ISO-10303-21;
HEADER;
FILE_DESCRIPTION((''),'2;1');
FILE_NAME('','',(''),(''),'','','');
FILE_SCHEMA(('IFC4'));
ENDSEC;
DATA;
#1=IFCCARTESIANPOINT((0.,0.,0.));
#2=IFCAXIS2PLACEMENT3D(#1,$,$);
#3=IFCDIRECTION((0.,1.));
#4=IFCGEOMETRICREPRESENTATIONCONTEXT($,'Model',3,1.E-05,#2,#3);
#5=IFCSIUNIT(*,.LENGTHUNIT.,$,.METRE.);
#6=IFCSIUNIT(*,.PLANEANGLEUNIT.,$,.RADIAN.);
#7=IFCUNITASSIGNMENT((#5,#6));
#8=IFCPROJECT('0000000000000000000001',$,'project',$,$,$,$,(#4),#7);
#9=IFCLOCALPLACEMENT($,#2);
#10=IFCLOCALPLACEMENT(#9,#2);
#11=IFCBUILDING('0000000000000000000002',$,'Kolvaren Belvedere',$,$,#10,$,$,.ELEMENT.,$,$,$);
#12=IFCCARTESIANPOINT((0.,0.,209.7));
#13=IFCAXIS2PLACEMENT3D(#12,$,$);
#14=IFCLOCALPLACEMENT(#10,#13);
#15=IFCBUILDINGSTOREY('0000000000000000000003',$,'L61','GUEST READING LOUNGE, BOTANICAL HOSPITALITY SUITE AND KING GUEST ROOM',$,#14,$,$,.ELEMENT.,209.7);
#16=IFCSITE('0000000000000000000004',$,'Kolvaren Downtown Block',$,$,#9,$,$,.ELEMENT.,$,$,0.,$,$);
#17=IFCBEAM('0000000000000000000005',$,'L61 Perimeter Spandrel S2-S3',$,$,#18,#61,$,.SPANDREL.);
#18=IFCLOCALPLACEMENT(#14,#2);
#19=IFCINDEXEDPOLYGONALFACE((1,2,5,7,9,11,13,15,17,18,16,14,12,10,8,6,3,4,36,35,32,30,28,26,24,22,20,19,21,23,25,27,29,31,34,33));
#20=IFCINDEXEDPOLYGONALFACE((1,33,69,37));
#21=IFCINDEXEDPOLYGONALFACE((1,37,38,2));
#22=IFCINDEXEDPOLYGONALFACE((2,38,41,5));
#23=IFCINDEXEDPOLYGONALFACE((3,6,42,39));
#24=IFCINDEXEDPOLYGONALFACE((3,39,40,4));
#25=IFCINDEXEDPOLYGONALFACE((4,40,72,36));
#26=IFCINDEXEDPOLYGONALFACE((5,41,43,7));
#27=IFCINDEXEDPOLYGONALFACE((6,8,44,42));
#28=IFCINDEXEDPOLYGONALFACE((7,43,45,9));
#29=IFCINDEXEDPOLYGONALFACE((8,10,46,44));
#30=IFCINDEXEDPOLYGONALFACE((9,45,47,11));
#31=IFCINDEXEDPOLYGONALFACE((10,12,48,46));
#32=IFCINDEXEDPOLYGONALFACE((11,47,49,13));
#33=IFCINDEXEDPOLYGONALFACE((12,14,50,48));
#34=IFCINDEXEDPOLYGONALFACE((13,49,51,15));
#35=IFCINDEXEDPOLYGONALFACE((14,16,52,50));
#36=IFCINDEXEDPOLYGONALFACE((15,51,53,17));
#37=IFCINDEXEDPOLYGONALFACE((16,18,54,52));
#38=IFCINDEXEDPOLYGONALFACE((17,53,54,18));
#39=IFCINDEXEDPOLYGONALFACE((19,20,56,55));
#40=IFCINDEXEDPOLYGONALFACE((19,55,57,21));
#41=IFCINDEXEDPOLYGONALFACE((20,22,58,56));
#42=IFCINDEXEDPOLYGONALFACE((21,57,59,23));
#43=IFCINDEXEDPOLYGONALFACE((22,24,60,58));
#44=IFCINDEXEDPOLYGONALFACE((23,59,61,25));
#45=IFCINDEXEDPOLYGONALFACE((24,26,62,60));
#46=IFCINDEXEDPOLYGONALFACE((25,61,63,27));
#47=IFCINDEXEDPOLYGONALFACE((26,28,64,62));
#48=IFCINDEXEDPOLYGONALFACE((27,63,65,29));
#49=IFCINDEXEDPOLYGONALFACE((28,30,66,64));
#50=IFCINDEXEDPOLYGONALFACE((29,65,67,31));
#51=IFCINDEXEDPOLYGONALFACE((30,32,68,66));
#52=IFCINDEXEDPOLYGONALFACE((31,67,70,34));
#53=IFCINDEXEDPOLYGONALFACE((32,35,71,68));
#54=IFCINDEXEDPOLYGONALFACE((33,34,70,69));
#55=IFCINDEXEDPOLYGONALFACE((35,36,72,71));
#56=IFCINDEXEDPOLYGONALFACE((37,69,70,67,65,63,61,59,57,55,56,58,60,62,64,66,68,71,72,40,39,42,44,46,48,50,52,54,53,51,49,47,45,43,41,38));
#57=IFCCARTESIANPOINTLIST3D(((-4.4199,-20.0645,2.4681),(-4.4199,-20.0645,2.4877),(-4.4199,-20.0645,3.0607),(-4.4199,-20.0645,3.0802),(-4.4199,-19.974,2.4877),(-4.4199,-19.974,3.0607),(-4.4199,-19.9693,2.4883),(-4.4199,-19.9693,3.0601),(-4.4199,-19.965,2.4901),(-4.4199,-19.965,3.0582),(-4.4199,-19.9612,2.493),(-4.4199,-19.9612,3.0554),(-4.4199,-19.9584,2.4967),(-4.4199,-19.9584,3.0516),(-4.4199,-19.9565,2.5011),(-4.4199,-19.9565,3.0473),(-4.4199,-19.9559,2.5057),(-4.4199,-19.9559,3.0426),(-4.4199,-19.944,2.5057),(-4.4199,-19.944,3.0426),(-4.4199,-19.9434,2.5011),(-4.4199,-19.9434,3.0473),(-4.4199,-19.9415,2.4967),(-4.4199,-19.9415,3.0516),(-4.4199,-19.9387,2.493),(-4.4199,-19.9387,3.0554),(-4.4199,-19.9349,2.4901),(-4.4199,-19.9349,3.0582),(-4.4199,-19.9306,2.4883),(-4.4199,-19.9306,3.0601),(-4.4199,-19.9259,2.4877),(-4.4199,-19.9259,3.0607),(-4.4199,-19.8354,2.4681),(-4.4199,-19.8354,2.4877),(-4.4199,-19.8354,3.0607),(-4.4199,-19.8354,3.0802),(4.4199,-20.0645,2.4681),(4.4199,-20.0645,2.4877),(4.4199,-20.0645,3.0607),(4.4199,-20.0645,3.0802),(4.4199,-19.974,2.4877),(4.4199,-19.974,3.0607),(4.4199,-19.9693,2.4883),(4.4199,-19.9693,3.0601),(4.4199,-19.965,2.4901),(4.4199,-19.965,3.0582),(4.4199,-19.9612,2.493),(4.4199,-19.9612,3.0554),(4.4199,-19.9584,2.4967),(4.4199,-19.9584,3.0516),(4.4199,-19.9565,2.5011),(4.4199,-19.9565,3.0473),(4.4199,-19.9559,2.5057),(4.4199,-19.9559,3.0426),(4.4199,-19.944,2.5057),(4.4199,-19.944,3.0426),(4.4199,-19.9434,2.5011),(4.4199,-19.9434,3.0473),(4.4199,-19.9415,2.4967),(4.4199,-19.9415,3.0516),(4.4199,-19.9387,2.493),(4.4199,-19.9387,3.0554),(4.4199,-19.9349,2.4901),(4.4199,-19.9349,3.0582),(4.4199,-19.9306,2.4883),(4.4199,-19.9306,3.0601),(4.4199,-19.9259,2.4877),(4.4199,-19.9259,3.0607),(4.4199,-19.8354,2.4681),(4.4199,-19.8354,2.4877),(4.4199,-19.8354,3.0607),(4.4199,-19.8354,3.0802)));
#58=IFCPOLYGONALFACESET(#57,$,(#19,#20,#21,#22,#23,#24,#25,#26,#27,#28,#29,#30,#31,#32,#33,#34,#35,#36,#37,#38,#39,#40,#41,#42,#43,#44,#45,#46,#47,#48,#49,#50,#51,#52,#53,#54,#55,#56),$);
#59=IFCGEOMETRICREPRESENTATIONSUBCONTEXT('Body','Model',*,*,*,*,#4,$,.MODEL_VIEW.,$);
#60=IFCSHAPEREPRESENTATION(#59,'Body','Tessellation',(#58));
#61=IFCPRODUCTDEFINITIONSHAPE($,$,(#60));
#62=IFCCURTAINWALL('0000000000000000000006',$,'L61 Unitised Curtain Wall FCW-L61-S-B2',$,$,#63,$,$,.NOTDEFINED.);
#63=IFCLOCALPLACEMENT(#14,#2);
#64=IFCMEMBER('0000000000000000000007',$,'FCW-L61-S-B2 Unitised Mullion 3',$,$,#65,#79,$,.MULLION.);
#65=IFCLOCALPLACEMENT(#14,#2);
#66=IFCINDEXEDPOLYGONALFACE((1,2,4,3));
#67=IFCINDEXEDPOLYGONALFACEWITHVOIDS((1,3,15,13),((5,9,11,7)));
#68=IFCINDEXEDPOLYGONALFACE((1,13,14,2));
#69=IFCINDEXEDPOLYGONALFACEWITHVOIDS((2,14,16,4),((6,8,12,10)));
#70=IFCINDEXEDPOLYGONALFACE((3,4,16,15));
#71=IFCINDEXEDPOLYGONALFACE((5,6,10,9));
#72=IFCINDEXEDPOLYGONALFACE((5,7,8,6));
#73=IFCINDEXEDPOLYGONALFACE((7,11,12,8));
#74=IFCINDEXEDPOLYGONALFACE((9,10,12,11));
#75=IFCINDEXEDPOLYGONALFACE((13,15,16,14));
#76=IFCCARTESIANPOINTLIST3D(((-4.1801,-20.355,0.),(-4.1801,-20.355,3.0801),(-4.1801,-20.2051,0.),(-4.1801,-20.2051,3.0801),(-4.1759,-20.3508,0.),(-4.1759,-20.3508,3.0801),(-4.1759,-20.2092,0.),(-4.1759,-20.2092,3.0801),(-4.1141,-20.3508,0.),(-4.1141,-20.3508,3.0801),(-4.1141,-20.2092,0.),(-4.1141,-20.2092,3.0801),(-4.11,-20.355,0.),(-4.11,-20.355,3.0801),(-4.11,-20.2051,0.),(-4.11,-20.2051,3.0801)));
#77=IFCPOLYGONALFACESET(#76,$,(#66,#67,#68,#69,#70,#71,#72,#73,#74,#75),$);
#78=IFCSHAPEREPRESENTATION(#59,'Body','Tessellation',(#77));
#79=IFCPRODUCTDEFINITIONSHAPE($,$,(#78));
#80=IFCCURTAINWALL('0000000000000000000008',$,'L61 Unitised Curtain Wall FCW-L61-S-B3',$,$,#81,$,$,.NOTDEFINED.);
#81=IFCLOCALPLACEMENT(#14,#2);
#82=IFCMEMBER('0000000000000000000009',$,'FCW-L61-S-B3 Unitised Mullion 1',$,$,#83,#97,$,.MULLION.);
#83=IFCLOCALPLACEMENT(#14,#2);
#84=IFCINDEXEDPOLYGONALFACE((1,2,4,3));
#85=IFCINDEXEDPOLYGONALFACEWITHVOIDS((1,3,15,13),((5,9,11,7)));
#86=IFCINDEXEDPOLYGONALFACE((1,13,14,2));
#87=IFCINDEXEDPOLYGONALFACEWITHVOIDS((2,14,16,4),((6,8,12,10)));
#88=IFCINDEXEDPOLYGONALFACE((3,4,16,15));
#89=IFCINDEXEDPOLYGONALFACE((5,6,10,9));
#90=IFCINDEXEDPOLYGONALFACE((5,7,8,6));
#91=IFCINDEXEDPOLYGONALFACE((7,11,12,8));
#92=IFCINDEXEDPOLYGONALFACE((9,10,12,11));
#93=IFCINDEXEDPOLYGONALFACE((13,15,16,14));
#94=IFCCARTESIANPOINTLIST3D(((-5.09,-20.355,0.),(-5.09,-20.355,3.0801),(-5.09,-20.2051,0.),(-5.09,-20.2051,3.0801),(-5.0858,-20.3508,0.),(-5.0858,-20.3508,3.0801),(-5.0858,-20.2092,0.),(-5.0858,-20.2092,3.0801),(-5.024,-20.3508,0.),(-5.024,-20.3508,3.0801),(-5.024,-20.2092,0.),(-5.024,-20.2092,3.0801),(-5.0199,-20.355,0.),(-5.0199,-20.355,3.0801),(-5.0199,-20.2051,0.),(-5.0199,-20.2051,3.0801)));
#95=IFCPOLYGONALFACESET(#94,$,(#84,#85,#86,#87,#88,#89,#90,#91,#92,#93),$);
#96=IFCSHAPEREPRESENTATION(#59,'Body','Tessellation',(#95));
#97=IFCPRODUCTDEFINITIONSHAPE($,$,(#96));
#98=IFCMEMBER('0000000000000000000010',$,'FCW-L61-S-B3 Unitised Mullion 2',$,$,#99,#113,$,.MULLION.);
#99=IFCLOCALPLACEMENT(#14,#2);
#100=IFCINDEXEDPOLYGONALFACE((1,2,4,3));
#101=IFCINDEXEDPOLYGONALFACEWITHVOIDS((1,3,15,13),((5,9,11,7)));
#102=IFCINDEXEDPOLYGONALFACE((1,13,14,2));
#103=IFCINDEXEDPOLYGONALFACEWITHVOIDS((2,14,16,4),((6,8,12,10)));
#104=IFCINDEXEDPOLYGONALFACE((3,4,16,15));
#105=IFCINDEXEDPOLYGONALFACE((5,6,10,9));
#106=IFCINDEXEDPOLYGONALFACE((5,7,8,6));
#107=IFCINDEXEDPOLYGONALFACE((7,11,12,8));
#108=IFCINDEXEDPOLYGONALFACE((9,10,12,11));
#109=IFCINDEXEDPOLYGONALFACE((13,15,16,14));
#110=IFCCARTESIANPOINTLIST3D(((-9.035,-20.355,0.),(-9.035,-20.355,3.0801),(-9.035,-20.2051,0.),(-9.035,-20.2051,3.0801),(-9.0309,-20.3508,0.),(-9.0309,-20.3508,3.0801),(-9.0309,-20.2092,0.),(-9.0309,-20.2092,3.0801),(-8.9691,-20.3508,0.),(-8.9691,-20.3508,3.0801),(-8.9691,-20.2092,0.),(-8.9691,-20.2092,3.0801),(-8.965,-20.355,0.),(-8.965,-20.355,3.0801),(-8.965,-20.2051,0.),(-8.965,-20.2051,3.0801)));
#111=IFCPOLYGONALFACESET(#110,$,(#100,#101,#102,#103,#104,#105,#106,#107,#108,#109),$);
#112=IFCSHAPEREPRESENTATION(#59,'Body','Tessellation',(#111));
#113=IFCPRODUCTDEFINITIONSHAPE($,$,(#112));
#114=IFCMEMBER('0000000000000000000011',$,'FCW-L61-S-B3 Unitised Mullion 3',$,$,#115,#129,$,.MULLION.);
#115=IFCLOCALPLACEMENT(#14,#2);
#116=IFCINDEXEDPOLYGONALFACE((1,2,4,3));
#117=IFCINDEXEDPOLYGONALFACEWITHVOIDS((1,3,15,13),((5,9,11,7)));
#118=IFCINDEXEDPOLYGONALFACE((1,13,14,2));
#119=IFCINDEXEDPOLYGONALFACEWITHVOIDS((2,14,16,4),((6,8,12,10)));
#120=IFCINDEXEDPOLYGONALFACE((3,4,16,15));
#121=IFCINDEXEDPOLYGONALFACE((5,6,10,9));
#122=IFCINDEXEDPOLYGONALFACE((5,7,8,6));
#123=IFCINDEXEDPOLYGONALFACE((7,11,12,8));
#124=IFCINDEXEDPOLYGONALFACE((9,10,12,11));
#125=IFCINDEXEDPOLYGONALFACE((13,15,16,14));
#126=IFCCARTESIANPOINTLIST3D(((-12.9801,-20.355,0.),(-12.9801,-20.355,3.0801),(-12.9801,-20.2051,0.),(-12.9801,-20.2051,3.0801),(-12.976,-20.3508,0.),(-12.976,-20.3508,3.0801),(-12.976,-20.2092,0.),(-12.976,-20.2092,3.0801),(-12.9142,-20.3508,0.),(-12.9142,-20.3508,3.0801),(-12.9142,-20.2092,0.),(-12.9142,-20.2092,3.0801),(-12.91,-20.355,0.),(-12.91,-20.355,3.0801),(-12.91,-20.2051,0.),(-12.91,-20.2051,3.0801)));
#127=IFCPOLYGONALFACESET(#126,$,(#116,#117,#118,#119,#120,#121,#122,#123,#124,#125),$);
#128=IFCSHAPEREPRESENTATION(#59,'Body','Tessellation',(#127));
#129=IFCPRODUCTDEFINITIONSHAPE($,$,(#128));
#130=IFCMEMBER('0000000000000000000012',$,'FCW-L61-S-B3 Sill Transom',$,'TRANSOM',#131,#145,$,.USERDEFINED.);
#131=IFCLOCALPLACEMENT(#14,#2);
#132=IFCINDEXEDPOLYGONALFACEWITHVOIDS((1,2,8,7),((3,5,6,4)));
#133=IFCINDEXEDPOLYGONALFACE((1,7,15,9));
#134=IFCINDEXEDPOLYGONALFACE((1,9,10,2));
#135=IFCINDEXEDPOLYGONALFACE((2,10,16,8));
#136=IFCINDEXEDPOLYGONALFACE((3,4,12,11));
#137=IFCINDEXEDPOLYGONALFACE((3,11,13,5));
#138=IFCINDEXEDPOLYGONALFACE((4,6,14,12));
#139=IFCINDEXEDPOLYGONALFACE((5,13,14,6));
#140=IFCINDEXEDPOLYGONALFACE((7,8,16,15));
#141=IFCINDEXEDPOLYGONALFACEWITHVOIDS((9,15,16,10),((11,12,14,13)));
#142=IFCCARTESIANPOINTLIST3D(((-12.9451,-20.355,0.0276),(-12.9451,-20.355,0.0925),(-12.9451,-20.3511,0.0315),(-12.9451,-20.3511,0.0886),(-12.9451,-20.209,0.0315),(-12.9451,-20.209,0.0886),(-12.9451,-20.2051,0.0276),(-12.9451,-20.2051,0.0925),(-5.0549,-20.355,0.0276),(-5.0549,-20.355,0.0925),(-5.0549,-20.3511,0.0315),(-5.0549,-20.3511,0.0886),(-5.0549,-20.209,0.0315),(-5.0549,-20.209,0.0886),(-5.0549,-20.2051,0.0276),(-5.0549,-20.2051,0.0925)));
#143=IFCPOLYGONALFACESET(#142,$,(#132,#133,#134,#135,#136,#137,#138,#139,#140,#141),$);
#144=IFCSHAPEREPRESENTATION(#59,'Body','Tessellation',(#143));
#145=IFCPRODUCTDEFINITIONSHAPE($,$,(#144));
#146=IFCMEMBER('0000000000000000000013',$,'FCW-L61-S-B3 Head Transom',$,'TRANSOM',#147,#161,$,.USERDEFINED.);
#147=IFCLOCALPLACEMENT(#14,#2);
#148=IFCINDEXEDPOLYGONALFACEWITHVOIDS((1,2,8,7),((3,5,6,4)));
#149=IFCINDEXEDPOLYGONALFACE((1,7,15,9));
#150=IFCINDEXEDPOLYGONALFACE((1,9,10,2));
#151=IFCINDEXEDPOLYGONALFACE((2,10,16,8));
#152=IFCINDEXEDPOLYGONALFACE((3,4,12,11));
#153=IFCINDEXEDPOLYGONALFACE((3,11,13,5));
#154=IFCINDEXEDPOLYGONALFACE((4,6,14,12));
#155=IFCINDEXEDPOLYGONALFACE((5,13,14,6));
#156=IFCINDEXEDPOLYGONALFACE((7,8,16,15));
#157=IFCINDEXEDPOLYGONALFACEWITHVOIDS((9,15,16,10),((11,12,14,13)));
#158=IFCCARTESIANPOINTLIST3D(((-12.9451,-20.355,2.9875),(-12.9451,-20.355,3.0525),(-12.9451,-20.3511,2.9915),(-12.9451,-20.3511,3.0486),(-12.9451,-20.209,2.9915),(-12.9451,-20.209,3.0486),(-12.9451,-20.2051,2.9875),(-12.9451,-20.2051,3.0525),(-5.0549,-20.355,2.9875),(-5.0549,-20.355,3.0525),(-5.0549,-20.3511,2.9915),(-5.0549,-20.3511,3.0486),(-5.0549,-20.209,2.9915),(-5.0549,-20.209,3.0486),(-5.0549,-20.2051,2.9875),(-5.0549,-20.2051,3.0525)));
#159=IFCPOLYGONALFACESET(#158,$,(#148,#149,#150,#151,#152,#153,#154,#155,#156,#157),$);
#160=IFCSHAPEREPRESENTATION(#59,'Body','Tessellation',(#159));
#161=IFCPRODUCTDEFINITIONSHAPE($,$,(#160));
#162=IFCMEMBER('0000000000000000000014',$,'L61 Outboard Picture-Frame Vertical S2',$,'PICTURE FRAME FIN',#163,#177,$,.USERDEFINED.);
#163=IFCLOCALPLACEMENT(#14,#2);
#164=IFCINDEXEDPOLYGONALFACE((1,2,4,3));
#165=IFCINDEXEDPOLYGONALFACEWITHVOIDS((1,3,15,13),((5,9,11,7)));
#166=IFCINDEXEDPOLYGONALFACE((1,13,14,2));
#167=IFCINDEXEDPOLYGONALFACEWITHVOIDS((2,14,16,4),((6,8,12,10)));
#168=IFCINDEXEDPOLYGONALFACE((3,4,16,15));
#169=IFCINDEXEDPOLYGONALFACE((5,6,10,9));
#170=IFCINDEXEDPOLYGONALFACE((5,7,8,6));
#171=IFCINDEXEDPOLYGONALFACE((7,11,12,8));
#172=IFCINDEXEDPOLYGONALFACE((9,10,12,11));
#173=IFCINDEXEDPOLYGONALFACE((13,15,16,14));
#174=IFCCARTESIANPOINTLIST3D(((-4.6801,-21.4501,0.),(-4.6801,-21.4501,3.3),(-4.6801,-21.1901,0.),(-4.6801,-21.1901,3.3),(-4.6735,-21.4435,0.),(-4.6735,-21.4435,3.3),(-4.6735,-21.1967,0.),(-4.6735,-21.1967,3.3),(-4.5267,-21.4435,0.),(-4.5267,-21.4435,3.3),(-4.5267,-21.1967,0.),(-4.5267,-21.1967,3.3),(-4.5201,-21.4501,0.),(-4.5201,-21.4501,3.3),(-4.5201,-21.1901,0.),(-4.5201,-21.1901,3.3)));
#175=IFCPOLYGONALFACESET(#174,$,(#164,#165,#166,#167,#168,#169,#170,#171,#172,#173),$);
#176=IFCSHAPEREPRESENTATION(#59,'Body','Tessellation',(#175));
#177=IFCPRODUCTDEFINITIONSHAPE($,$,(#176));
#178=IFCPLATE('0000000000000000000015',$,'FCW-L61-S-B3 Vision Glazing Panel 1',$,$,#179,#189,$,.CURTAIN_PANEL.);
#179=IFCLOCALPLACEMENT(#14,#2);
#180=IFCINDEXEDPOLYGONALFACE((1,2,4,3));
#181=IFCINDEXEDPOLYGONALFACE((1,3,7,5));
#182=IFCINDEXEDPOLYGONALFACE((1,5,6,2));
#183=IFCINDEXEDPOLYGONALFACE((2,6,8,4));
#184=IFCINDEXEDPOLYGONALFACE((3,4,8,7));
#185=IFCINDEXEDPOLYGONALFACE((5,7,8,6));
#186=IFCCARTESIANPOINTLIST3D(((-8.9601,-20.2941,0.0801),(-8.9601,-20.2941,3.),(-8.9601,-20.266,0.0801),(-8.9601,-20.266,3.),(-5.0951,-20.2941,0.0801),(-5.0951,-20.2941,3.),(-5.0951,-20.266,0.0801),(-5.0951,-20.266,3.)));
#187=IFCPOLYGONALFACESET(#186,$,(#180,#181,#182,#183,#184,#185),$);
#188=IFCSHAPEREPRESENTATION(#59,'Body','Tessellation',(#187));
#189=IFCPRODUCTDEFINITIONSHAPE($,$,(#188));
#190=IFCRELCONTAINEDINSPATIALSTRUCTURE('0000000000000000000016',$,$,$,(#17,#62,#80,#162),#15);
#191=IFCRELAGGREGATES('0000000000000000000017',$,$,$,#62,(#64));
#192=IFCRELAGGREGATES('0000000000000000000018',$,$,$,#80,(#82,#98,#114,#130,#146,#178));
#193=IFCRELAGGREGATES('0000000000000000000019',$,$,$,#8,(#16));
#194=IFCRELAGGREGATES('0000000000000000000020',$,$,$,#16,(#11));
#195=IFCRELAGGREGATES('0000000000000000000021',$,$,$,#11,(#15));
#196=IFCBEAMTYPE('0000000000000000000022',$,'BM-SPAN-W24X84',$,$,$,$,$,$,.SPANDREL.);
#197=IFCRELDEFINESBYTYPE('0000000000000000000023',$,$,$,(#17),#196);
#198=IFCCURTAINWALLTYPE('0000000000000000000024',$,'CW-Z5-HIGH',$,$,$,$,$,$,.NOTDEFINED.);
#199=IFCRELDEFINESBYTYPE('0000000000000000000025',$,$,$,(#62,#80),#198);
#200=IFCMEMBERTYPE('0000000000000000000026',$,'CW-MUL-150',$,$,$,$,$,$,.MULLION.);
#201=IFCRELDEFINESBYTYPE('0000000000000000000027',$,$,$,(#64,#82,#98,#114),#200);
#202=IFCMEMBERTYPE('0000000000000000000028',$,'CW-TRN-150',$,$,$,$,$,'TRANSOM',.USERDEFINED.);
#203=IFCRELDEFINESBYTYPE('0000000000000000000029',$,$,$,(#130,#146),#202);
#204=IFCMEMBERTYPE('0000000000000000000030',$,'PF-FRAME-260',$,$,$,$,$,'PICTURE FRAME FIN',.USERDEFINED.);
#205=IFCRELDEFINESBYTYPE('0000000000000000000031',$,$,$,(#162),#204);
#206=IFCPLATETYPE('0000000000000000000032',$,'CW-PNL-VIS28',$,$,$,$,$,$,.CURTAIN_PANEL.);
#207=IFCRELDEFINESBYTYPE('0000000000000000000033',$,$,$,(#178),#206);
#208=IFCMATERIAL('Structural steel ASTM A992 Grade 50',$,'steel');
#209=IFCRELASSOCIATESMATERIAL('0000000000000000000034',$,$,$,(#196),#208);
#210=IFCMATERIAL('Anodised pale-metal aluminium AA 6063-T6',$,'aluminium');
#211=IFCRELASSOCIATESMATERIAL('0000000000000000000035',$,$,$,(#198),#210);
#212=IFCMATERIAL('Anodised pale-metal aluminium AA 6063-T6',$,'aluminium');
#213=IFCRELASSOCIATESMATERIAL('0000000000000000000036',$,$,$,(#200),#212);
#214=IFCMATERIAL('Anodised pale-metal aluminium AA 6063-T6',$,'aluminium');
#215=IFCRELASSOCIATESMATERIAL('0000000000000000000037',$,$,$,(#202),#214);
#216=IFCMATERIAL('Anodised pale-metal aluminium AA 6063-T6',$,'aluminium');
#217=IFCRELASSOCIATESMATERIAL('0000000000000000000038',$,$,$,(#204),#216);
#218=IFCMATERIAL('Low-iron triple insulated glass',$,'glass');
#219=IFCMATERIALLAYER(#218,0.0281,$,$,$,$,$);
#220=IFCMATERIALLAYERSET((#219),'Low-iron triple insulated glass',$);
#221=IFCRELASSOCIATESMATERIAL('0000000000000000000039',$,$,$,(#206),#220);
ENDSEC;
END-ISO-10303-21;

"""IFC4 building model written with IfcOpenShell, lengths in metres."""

from ifc_helpers import new_model, si_unit, direction, frame, origin, origin_2d, place, context, subcontext, project, spatial, rectangle, hollow_rectangle, i_section, extrude, material, layer, layer_set, material_profile, profile_set, type_object, element, aggregate, save


model = new_model("IFC4")

# Units and contexts
model_context = context("Model", 3, precision=1e-05, world=origin(), true_north=direction((0.0, 1.0)))
body_context = subcontext(model_context, "Body", "Model", "MODEL_VIEW")
ifc_project = project(units=[si_unit("LENGTHUNIT", "METRE"), si_unit("PLANEANGLEUNIT", "RADIAN")], contexts=[model_context])

# Site, building, storey
site_placement = place(None, origin())
site = spatial("IfcSite", under=ifc_project, at=site_placement, Name="Kolvaren Downtown Block", CompositionType="ELEMENT", RefElevation=0.0)
building_placement = place(site_placement, origin())
building = spatial("IfcBuilding", under=site, at=building_placement, Name="Kolvaren Belvedere", CompositionType="ELEMENT")
storey_placement = place(building_placement, frame((0.0, 0.0, 209.7)))
storey = spatial("IfcBuildingStorey", under=building, at=storey_placement, Name="L61", Description="GUEST READING LOUNGE, BOTANICAL HOSPITALITY SUITE AND KING GUEST ROOM", CompositionType="ELEMENT", Elevation=209.7)

# Beam
ifc_material_1 = material(Name="Structural steel ASTM A992 Grade 50", Category="steel")
ifc_material_profile_1 = material_profile(ifc_material_1, i_section(OverallWidth=0.229, OverallDepth=0.6121, WebThickness=0.012, FlangeThickness=0.0195, FilletRadius=0.0181, at=origin_2d()), Name="W24X84")
ifc_profile_set_1 = profile_set([ifc_material_profile_1], Name="Structural steel ASTM A992 Grade 50")
beam_type_1 = type_object("IfcBeamType", Name="BM-SPAN-W24X84", PredefinedType="SPANDREL", material=ifc_profile_set_1)
beam_1_placement = place(storey_placement, frame((-4.4199, -19.95, 2.7742), z_axis=(1.0, 0.0, 0.0), x_axis=(0.0, 1.0, 0.0)))
element("IfcBeam", 1, at=beam_1_placement, inside=storey, type_object=beam_type_1, Name="L61 Perimeter Spandrel S2-S3", PredefinedType="SPANDREL", context=body_context, shape_type="SweptSolid", body=[
    extrude(i_section(OverallWidth=0.229, OverallDepth=0.6121, WebThickness=0.012, FlangeThickness=0.0195, FilletRadius=0.0181, at=origin_2d()), origin(), (0.0, 0.0, 1.0), 8.8398),
])

# Curtain wall, member
ifc_material_2 = material(Name="Anodised pale-metal aluminium AA 6063-T6", Category="aluminium")
curtain_wall_type = type_object("IfcCurtainWallType", Name="CW-Z5-HIGH", PredefinedType="NOTDEFINED", material=ifc_material_2)
curtain_wall_1_placement = place(storey_placement, origin())
curtain_wall_1 = element("IfcCurtainWall", 2, at=curtain_wall_1_placement, inside=storey, type_object=curtain_wall_type, Name="L61 Unitised Curtain Wall FCW-L61-S-B2", PredefinedType="NOTDEFINED")
ifc_material_3 = material(Name="Anodised pale-metal aluminium AA 6063-T6", Category="aluminium")
ifc_material_profile_2 = material_profile(ifc_material_3, hollow_rectangle(XDim=0.0701, YDim=0.1499, WallThickness=0.0042, at=origin_2d()), Name="ALU-MUL-150X70")
ifc_profile_set_2 = profile_set([ifc_material_profile_2], Name="Anodised pale-metal aluminium AA 6063-T6")
member_type_1 = type_object("IfcMemberType", Name="CW-MUL-150", PredefinedType="MULLION", material=ifc_profile_set_2)
member_1_placement = place(storey_placement, frame((-4.145, -20.28, 0.0), z_axis=(0.0, 0.0, 1.0), x_axis=(1.0, 0.0, 0.0)))
member_1 = element("IfcMember", 3, at=member_1_placement, type_object=member_type_1, Name="FCW-L61-S-B2 Unitised Mullion 3", PredefinedType="MULLION", context=body_context, shape_type="SweptSolid", body=[
    extrude(hollow_rectangle(XDim=0.0701, YDim=0.1499, WallThickness=0.0042, at=origin_2d()), origin(), (0.0, 0.0, 1.0), 3.0801),
])
aggregate(curtain_wall_1, [member_1])

# Curtain wall, members
curtain_wall_2_placement = place(storey_placement, origin())
curtain_wall_2 = element("IfcCurtainWall", 4, at=curtain_wall_2_placement, inside=storey, type_object=curtain_wall_type, Name="L61 Unitised Curtain Wall FCW-L61-S-B3", PredefinedType="NOTDEFINED")
member_2_placement = place(storey_placement, frame((-5.0549, -20.28, 0.0), z_axis=(0.0, 0.0, 1.0), x_axis=(1.0, 0.0, 0.0)))
member_2 = element("IfcMember", 5, at=member_2_placement, type_object=member_type_1, Name="FCW-L61-S-B3 Unitised Mullion 1", PredefinedType="MULLION", context=body_context, shape_type="SweptSolid", body=[
    extrude(hollow_rectangle(XDim=0.0701, YDim=0.1499, WallThickness=0.0042, at=origin_2d()), origin(), (0.0, 0.0, 1.0), 3.0801),
])
member_3_placement = place(storey_placement, frame((-9.0, -20.28, 0.0), z_axis=(0.0, 0.0, 1.0), x_axis=(1.0, 0.0, 0.0)))
member_3 = element("IfcMember", 6, at=member_3_placement, type_object=member_type_1, Name="FCW-L61-S-B3 Unitised Mullion 2", PredefinedType="MULLION", context=body_context, shape_type="SweptSolid", body=[
    extrude(hollow_rectangle(XDim=0.0701, YDim=0.1499, WallThickness=0.0042, at=origin_2d()), origin(), (0.0, 0.0, 1.0), 3.0801),
])
member_4_placement = place(storey_placement, frame((-12.9451, -20.28, 0.0), z_axis=(0.0, 0.0, 1.0), x_axis=(1.0, 0.0, 0.0)))
member_4 = element("IfcMember", 7, at=member_4_placement, type_object=member_type_1, Name="FCW-L61-S-B3 Unitised Mullion 3", PredefinedType="MULLION", context=body_context, shape_type="SweptSolid", body=[
    extrude(hollow_rectangle(XDim=0.0701, YDim=0.1499, WallThickness=0.0042, at=origin_2d()), origin(), (0.0, 0.0, 1.0), 3.0801),
])
ifc_material_4 = material(Name="Anodised pale-metal aluminium AA 6063-T6", Category="aluminium")
ifc_material_profile_3 = material_profile(ifc_material_4, hollow_rectangle(XDim=0.0649, YDim=0.1499, WallThickness=0.0039, at=origin_2d()), Name="ALU-TRN-150X65")
ifc_profile_set_3 = profile_set([ifc_material_profile_3], Name="Anodised pale-metal aluminium AA 6063-T6")
member_type_2 = type_object("IfcMemberType", Name="CW-TRN-150", ElementType="TRANSOM", PredefinedType="USERDEFINED", material=ifc_profile_set_3)
member_5_placement = place(storey_placement, frame((-5.0549, -20.28, 0.0601), z_axis=(-1.0, 0.0, 0.0), x_axis=(0.0, 0.0, 1.0)))
member_5 = element("IfcMember", 8, at=member_5_placement, type_object=member_type_2, Name="FCW-L61-S-B3 Sill Transom", ObjectType="TRANSOM", PredefinedType="USERDEFINED", context=body_context, shape_type="SweptSolid", body=[
    extrude(hollow_rectangle(XDim=0.0649, YDim=0.1499, WallThickness=0.0039, at=origin_2d()), origin(), (0.0, 0.0, 1.0), 7.8901),
])
member_6_placement = place(storey_placement, frame((-5.0549, -20.28, 3.02), z_axis=(-1.0, 0.0, 0.0), x_axis=(0.0, 0.0, 1.0)))
member_6 = element("IfcMember", 9, at=member_6_placement, type_object=member_type_2, Name="FCW-L61-S-B3 Head Transom", ObjectType="TRANSOM", PredefinedType="USERDEFINED", context=body_context, shape_type="SweptSolid", body=[
    extrude(hollow_rectangle(XDim=0.0649, YDim=0.1499, WallThickness=0.0039, at=origin_2d()), origin(), (0.0, 0.0, 1.0), 7.8901),
])

# Member
ifc_material_5 = material(Name="Anodised pale-metal aluminium AA 6063-T6", Category="aluminium")
ifc_material_profile_4 = material_profile(ifc_material_5, hollow_rectangle(XDim=0.1599, YDim=0.26, WallThickness=0.0066, at=origin_2d()), Name="ALU-PF-260X160")
ifc_profile_set_4 = profile_set([ifc_material_profile_4], Name="Anodised pale-metal aluminium AA 6063-T6")
member_type_3 = type_object("IfcMemberType", Name="PF-FRAME-260", ElementType="PICTURE FRAME FIN", PredefinedType="USERDEFINED", material=ifc_profile_set_4)
member_7_placement = place(storey_placement, frame((-4.6001, -21.3201, 0.0), z_axis=(0.0, 0.0, 1.0), x_axis=(1.0, 0.0, 0.0)))
element("IfcMember", 10, at=member_7_placement, inside=storey, type_object=member_type_3, Name="L61 Outboard Picture-Frame Vertical S2", ObjectType="PICTURE FRAME FIN", PredefinedType="USERDEFINED", context=body_context, shape_type="SweptSolid", body=[
    extrude(hollow_rectangle(XDim=0.1599, YDim=0.26, WallThickness=0.0066, at=origin_2d()), origin(), (0.0, 0.0, 1.0), 3.3),
])

# Plate
ifc_material_6 = material(Name="Low-iron triple insulated glass", Category="glass")
ifc_layer_1 = layer(ifc_material_6, 0.0281)
ifc_layer_set_1 = layer_set([ifc_layer_1], Name="Low-iron triple insulated glass")
plate_type_1 = type_object("IfcPlateType", Name="CW-PNL-VIS28", PredefinedType="CURTAIN_PANEL", material=ifc_layer_set_1)
plate_1_placement = place(storey_placement, frame((-7.0276, -20.28, 0.0801), z_axis=(0.0, 0.0, 1.0), x_axis=(-1.0, 0.0, 0.0)))
plate_1 = element("IfcPlate", 11, at=plate_1_placement, type_object=plate_type_1, Name="FCW-L61-S-B3 Vision Glazing Panel 1", PredefinedType="CURTAIN_PANEL", context=body_context, shape_type="SweptSolid", body=[
    extrude(rectangle(XDim=3.865, YDim=0.0281, at=origin_2d()), origin(), (0.0, 0.0, 1.0), 2.9199),
])
aggregate(curtain_wall_2, [member_2, member_3, member_4, member_5, member_6, plate_1])

save(model, "model.ifc")
